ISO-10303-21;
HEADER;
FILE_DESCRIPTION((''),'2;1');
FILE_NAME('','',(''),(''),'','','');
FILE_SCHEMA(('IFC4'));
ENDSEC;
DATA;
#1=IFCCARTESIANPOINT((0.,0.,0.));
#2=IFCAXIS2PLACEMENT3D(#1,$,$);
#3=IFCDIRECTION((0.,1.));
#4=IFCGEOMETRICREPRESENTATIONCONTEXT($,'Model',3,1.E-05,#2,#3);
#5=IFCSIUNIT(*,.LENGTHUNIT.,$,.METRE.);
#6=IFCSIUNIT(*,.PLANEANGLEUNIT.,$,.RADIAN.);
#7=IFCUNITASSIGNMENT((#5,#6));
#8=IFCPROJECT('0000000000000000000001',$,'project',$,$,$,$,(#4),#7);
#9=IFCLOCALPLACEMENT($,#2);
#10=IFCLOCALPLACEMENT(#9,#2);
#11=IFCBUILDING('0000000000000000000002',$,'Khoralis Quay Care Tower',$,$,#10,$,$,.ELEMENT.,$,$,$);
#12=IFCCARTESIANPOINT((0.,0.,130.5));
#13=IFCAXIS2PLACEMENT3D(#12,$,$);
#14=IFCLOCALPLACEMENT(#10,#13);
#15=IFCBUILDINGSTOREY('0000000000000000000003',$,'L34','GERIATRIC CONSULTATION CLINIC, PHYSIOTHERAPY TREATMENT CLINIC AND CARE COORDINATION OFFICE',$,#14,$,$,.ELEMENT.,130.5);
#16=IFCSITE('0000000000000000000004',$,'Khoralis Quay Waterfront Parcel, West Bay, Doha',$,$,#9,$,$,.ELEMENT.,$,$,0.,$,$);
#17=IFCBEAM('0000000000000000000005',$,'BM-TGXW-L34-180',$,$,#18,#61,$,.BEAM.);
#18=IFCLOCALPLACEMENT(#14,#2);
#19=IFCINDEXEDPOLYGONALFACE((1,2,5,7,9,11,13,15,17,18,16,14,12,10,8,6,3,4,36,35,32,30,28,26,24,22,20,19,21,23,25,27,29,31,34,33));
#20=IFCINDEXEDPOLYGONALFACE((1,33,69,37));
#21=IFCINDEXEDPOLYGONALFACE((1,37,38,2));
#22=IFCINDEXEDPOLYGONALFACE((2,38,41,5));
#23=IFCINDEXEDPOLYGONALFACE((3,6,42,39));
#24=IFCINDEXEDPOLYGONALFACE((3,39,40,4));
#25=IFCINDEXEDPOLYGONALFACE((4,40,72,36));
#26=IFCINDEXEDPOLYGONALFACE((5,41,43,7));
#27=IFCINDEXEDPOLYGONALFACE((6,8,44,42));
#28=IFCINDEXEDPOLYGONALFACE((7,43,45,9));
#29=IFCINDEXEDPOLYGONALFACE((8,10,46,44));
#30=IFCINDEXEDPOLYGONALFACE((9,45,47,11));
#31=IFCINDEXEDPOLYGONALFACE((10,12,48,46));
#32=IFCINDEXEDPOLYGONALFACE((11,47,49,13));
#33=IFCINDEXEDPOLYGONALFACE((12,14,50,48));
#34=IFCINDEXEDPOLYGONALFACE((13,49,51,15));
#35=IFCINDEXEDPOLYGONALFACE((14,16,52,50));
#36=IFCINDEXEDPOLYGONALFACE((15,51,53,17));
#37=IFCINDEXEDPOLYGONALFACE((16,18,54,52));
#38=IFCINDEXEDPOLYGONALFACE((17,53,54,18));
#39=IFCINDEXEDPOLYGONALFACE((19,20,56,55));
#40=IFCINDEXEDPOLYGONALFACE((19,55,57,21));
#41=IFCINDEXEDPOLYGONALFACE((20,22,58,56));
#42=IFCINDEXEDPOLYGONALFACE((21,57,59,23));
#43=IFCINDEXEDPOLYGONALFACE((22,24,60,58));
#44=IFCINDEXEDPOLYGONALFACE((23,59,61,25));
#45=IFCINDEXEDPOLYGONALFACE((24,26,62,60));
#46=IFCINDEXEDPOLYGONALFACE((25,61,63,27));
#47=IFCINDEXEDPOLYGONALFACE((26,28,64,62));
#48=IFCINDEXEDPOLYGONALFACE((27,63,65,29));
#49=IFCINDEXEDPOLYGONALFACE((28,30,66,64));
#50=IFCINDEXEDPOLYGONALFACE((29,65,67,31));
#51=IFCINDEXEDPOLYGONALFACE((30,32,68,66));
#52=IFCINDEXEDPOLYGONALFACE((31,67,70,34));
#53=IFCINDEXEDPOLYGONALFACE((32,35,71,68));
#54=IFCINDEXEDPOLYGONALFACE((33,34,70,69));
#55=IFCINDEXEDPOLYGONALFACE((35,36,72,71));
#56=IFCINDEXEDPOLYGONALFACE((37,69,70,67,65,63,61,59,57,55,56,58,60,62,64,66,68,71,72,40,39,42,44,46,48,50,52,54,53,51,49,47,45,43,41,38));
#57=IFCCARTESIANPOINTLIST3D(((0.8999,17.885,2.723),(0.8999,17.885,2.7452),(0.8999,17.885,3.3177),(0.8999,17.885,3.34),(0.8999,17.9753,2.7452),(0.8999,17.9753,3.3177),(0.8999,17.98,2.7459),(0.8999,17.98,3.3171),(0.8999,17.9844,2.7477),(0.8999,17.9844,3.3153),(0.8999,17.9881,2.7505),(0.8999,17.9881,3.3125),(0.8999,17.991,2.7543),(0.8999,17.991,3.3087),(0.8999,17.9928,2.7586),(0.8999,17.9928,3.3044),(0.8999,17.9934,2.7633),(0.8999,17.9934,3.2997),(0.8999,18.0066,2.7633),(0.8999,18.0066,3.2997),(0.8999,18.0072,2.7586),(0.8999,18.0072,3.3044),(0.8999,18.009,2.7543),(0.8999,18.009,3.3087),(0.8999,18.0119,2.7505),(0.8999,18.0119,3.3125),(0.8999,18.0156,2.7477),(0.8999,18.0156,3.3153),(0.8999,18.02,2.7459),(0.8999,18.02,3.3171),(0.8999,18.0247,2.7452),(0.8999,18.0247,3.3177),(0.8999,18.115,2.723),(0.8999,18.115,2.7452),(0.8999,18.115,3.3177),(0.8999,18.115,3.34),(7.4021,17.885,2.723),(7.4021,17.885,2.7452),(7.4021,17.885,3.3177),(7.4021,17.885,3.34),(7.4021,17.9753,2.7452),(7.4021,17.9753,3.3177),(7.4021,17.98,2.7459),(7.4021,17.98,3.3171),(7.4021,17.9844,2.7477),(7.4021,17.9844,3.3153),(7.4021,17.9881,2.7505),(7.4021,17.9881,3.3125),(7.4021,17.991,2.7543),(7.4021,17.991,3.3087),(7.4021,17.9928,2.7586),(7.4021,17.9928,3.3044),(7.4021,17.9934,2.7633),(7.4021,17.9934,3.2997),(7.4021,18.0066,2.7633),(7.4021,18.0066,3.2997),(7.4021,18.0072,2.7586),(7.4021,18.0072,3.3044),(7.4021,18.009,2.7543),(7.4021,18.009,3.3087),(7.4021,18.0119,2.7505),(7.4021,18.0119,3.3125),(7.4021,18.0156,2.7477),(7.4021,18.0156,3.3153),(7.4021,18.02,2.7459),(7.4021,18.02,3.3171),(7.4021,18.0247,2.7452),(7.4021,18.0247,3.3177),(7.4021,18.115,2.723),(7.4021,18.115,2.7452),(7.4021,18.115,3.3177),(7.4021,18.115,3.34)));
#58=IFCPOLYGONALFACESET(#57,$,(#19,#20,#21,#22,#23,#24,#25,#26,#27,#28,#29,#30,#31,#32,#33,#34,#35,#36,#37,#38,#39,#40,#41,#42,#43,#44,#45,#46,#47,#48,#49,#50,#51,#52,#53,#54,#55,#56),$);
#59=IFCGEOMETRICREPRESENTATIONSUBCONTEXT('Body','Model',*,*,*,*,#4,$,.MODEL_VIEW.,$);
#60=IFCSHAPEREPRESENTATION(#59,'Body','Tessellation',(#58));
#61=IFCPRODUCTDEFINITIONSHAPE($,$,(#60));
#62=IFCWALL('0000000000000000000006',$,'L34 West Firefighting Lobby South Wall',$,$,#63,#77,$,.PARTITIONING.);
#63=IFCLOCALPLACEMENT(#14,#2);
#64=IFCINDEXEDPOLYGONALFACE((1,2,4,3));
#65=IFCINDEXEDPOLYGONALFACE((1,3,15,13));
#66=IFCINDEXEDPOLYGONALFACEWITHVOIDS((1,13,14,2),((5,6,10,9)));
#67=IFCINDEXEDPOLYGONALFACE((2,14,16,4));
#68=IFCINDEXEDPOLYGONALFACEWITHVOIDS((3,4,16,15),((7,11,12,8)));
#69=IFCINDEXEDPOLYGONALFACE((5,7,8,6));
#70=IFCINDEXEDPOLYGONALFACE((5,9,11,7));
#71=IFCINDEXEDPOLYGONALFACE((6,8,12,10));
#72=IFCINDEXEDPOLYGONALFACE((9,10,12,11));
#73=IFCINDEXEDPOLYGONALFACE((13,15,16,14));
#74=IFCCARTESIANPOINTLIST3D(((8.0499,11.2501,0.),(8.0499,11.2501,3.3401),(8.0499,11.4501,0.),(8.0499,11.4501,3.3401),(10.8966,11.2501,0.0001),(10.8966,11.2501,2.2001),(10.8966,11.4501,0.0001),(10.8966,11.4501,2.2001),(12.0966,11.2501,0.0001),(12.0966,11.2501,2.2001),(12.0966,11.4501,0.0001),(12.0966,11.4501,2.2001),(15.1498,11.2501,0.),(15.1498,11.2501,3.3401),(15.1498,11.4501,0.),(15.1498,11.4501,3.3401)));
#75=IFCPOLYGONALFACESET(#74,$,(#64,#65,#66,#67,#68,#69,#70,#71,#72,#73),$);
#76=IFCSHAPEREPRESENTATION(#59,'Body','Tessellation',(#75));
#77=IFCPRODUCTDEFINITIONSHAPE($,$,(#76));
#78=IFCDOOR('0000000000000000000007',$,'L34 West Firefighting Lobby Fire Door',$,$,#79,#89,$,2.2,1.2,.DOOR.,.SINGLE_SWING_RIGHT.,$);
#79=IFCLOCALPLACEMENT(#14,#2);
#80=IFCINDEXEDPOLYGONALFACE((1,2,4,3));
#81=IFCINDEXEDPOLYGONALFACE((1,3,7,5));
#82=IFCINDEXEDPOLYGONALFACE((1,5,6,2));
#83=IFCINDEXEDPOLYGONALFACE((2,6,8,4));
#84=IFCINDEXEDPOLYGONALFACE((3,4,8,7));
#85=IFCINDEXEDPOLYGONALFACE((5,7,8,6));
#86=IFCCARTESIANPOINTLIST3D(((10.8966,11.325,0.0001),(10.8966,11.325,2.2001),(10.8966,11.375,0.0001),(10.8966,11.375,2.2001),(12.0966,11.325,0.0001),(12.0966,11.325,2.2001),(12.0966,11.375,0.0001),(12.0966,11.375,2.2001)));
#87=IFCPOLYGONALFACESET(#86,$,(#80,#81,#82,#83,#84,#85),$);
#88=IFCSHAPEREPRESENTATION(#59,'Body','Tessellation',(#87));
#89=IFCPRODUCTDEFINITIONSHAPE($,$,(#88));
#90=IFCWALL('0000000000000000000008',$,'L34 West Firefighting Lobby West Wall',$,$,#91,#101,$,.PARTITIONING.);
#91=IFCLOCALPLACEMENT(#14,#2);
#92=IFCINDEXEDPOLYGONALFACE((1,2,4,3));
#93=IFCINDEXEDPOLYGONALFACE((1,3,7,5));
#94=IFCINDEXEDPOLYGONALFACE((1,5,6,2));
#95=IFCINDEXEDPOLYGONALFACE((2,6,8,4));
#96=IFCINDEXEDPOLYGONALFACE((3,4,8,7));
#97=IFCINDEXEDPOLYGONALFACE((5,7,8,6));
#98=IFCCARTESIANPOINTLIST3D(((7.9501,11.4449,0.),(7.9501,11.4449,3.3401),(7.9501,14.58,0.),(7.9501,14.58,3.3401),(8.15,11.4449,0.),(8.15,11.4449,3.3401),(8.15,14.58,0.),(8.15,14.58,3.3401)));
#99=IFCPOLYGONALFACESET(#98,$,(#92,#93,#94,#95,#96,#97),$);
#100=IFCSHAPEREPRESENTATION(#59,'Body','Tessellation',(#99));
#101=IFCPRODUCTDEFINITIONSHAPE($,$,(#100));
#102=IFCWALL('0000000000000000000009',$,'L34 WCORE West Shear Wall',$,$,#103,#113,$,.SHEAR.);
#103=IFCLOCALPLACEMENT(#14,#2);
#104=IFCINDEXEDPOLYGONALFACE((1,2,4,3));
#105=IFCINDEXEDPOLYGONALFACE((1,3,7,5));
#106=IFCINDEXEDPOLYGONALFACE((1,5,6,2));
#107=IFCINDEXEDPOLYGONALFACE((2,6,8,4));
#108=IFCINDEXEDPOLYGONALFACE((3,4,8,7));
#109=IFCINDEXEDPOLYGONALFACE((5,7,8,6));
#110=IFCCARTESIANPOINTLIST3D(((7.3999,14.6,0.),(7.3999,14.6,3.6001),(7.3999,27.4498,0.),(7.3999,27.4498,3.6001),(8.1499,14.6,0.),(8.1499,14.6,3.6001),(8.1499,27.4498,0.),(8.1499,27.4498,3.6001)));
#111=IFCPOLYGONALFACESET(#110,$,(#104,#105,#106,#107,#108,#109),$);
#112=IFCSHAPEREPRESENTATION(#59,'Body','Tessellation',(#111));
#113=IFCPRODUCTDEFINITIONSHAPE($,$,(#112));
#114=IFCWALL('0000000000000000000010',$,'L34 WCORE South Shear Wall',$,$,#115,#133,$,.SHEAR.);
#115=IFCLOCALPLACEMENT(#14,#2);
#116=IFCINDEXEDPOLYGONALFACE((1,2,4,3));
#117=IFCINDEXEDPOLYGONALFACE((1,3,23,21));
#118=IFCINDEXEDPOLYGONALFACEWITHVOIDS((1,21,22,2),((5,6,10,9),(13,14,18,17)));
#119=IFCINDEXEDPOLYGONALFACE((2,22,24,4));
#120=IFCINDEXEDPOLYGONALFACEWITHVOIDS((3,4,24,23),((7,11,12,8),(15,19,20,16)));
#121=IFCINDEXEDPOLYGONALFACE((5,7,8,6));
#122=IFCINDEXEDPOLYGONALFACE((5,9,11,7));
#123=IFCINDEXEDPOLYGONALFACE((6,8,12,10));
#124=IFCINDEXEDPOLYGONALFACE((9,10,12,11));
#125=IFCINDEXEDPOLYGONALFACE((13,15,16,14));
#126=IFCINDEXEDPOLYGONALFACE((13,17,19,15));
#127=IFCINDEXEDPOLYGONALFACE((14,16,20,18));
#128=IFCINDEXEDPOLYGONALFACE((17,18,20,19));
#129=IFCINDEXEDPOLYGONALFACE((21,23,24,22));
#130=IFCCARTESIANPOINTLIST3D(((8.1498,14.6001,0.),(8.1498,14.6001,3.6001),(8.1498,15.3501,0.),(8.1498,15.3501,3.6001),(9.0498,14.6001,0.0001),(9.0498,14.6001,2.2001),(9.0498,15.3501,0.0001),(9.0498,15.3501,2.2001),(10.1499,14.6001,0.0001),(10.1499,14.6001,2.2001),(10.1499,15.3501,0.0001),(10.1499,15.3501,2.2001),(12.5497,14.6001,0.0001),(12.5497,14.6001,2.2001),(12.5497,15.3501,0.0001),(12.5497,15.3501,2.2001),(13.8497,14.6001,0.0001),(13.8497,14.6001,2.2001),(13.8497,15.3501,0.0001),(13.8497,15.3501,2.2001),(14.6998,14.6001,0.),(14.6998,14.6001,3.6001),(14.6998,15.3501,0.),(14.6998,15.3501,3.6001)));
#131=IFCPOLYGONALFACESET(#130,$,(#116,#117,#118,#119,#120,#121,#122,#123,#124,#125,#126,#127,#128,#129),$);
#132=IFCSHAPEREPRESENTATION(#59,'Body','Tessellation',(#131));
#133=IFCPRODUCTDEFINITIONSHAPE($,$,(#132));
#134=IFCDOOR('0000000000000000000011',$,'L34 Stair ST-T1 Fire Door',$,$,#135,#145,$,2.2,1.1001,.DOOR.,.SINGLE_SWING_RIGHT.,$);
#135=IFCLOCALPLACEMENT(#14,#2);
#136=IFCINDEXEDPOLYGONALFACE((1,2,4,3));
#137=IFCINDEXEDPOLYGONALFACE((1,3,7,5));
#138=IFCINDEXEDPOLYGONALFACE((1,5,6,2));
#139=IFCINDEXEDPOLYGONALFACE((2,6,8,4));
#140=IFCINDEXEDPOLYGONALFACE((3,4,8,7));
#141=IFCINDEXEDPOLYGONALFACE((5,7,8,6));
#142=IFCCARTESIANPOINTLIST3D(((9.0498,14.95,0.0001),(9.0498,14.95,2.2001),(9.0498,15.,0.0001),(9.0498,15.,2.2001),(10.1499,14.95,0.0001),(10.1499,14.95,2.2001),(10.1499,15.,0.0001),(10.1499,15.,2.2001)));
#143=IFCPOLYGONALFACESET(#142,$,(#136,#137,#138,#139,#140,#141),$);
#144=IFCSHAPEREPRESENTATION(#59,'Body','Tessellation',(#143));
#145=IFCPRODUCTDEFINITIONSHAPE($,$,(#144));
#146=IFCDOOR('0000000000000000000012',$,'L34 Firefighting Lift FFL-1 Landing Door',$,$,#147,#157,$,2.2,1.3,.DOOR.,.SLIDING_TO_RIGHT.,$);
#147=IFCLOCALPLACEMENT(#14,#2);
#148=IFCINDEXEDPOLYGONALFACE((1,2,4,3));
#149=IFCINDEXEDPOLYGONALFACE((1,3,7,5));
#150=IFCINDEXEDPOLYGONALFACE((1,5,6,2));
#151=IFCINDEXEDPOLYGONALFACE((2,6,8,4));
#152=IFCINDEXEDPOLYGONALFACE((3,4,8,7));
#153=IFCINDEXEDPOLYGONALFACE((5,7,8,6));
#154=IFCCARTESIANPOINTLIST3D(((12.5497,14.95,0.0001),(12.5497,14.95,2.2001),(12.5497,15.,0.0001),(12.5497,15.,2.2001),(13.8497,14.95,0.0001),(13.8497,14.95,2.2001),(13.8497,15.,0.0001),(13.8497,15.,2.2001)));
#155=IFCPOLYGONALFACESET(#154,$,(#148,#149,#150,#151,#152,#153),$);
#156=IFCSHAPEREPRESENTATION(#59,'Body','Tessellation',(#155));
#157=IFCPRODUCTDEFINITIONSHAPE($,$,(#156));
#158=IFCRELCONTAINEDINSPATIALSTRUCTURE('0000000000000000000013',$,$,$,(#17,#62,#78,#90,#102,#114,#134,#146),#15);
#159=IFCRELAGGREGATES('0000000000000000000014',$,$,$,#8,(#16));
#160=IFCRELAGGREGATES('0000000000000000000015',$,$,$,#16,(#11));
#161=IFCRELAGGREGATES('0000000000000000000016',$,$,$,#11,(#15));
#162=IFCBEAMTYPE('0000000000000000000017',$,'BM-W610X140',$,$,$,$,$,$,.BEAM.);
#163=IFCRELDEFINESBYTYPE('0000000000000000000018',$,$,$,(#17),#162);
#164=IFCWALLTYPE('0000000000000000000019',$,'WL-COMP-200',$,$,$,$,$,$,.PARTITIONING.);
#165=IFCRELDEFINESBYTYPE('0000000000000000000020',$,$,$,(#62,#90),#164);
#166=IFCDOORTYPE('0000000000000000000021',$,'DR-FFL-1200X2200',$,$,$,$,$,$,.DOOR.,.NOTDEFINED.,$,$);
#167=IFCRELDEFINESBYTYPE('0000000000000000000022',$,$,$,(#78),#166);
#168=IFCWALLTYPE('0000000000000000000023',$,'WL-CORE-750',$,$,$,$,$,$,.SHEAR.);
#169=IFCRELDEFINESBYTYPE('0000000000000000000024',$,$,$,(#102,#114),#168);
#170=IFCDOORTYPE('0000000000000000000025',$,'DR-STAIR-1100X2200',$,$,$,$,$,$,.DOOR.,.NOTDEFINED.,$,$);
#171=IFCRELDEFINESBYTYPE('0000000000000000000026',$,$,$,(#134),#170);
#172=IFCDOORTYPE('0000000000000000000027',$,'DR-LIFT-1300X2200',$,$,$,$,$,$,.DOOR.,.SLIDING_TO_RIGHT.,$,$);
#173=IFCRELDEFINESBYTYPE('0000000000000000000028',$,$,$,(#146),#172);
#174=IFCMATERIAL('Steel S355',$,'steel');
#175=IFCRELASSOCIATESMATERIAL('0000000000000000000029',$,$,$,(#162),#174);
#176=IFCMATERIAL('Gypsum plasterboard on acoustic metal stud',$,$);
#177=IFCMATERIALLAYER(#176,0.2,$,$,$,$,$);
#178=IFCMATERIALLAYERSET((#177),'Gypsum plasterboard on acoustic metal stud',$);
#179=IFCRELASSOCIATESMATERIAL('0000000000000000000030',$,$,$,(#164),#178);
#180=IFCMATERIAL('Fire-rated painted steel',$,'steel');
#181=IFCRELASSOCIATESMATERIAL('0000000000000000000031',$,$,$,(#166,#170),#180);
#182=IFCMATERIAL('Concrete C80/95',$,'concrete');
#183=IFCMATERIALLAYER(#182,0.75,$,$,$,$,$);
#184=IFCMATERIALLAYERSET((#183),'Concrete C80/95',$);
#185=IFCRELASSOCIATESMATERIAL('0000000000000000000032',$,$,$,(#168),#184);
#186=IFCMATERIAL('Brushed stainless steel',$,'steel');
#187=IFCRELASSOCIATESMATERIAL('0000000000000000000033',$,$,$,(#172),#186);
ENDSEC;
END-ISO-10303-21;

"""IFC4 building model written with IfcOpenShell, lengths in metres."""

from ifc_helpers import new_model, si_unit, direction, frame, frame_2d, origin, origin_2d, place, context, subcontext, project, spatial, rectangle, i_section, extrude, source, transform, mapped, material, layer, layer_set, material_profile, profile_set, type_object, element, fill, save


model = new_model("IFC4")

# Units and contexts
model_context = context("Model", 3, precision=1e-05, world=origin(), true_north=direction((0.0, 1.0)))
body_context = subcontext(model_context, "Body", "Model", "MODEL_VIEW")
ifc_project = project(units=[si_unit("LENGTHUNIT", "METRE"), si_unit("PLANEANGLEUNIT", "RADIAN")], contexts=[model_context])

# Site, building, storey
site_placement = place(None, origin())
site = spatial("IfcSite", under=ifc_project, at=site_placement, Name="Khoralis Quay Waterfront Parcel, West Bay, Doha", CompositionType="ELEMENT", RefElevation=0.0)
building_placement = place(site_placement, origin())
building = spatial("IfcBuilding", under=site, at=building_placement, Name="Khoralis Quay Care Tower", CompositionType="ELEMENT")
storey_placement = place(building_placement, frame((0.0, 0.0, 130.5)))
storey = spatial("IfcBuildingStorey", under=building, at=storey_placement, Name="L34", Description="GERIATRIC CONSULTATION CLINIC, PHYSIOTHERAPY TREATMENT CLINIC AND CARE COORDINATION OFFICE", CompositionType="ELEMENT", Elevation=130.5)

# Beam
ifc_material_1 = material(Name="Steel S355", Category="steel")
ifc_material_profile = material_profile(ifc_material_1, i_section(OverallWidth=0.23, OverallDepth=0.6169, WebThickness=0.0132, FlangeThickness=0.0222, FilletRadius=0.0181, at=origin_2d()), Name="Steel S355")
ifc_profile_set = profile_set([ifc_material_profile], Name="Steel S355")
beam_type = type_object("IfcBeamType", Name="BM-W610X140", PredefinedType="BEAM", material=ifc_profile_set)
shared_shape_1 = source(origin(), body_context, "Body", "SweptSolid", [
    extrude(i_section(OverallWidth=0.23, OverallDepth=0.6169, WebThickness=0.0132, FlangeThickness=0.0222, FilletRadius=0.0181, at=origin_2d()), origin(), (0.0, 0.0, 1.0), 6.5022),
])
beam_placement = place(storey_placement, frame((0.8999, 18.0, 3.0315), z_axis=(1.0, 0.0, 0.0), x_axis=(0.0, 1.0, 0.0)))
element("IfcBeam", 1, at=beam_placement, inside=storey, type_object=beam_type, Name="BM-TGXW-L34-180", PredefinedType="BEAM", context=body_context, shape_type="MappedRepresentation", body=[
    mapped(shared_shape_1, transform((0.0, 0.0, 0.0), scale=1.0)),
])

# Wall, opening, door
ifc_material_2 = material(Name="Gypsum plasterboard on acoustic metal stud")
ifc_layer_1 = layer(ifc_material_2, 0.2)
ifc_layer_set_1 = layer_set([ifc_layer_1], Name="Gypsum plasterboard on acoustic metal stud")
wall_type_1 = type_object("IfcWallType", Name="WL-COMP-200", PredefinedType="PARTITIONING", material=ifc_layer_set_1)
wall_1_placement = place(storey_placement, frame((8.05, 11.3501, 0.0), z_axis=(0.0, 0.0, 1.0), x_axis=(1.0, 0.0, 0.0)))
wall_1 = element("IfcWall", 2, at=wall_1_placement, inside=storey, type_object=wall_type_1, Name="L34 West Firefighting Lobby South Wall", PredefinedType="PARTITIONING", context=body_context, shape_type="SweptSolid", body=[
    extrude(rectangle(XDim=7.0999, YDim=0.2, at=frame_2d((3.5498, 0.0))), origin(), (0.0, 0.0, 1.0), 3.3401),
])
opening_1_placement = place(wall_1_placement, frame((2.8464, 0.0, 0.0)))
opening_1 = element("IfcOpeningElement", 3, at=opening_1_placement, cuts=wall_1, PredefinedType="OPENING", context=body_context, shape_type="SweptSolid", body=[
    extrude(rectangle(XDim=1.2, YDim=2.2, at=frame_2d((0.6001, 1.1001))), frame((0.0, 0.1099, 0.0), z_axis=(0.0, -1.0, 0.0), x_axis=(1.0, 0.0, 0.0)), (0.0, 0.0, 1.0), 0.22),
])
ifc_material_3 = material(Name="Fire-rated painted steel", Category="steel")
door_type_1 = type_object("IfcDoorType", Name="DR-FFL-1200X2200", OperationType="NOTDEFINED", PredefinedType="DOOR", material=ifc_material_3)
shared_shape_2 = source(origin(), body_context, "Body", "SweptSolid", [
    extrude(rectangle(XDim=1.2, YDim=2.2, at=frame_2d((0.6001, 1.1001))), frame((0.0, 0.0249, 0.0), z_axis=(0.0, -1.0, 0.0), x_axis=(1.0, 0.0, 0.0)), (0.0, 0.0, 1.0), 0.05),
])
door_1_placement = place(opening_1_placement, origin())
door_1 = element("IfcDoor", 4, at=door_1_placement, inside=storey, type_object=door_type_1, Name="L34 West Firefighting Lobby Fire Door", OperationType="SINGLE_SWING_RIGHT", OverallHeight=2.2, OverallWidth=1.2, PredefinedType="DOOR", context=body_context, shape_type="MappedRepresentation", body=[
    mapped(shared_shape_2, transform((0.0, 0.0, 0.0), scale=1.0)),
])
fill(opening_1, door_1)

# Walls
wall_2_placement = place(storey_placement, frame((8.05, 11.4451, 0.0), z_axis=(0.0, 0.0, 1.0), x_axis=(0.0, 1.0, 0.0)))
element("IfcWall", 5, at=wall_2_placement, inside=storey, type_object=wall_type_1, Name="L34 West Firefighting Lobby West Wall", PredefinedType="PARTITIONING", context=body_context, shape_type="SweptSolid", body=[
    extrude(rectangle(XDim=3.135, YDim=0.2, at=frame_2d((1.5674, 0.0))), origin(), (0.0, 0.0, 1.0), 3.3401),
])
ifc_material_4 = material(Name="Concrete C80/95", Category="concrete")
ifc_layer_2 = layer(ifc_material_4, 0.75)
ifc_layer_set_2 = layer_set([ifc_layer_2], Name="Concrete C80/95")
wall_type_2 = type_object("IfcWallType", Name="WL-CORE-750", PredefinedType="SHEAR", material=ifc_layer_set_2)
wall_3_placement = place(storey_placement, frame((7.7749, 14.6001, 0.0), z_axis=(0.0, 0.0, 1.0), x_axis=(0.0, 1.0, 0.0)))
element("IfcWall", 6, at=wall_3_placement, inside=storey, type_object=wall_type_2, Name="L34 WCORE West Shear Wall", PredefinedType="SHEAR", context=body_context, shape_type="SweptSolid", body=[
    extrude(rectangle(XDim=12.8499, YDim=0.75, at=frame_2d((6.4248, 0.0))), origin(), (0.0, 0.0, 1.0), 3.6001),
])

# Wall, openings, doors
wall_4_placement = place(storey_placement, frame((8.1499, 14.9751, 0.0), z_axis=(0.0, 0.0, 1.0), x_axis=(1.0, 0.0, 0.0)))
wall_4 = element("IfcWall", 7, at=wall_4_placement, inside=storey, type_object=wall_type_2, Name="L34 WCORE South Shear Wall", PredefinedType="SHEAR", context=body_context, shape_type="SweptSolid", body=[
    extrude(rectangle(XDim=6.55, YDim=0.75, at=frame_2d((3.2749, 0.0))), origin(), (0.0, 0.0, 1.0), 3.6001),
])
opening_2_placement = place(wall_4_placement, frame((0.8999, 0.0, 0.0)))
opening_2 = element("IfcOpeningElement", 8, at=opening_2_placement, cuts=wall_4, PredefinedType="OPENING", context=body_context, shape_type="SweptSolid", body=[
    extrude(rectangle(XDim=1.1001, YDim=2.2, at=frame_2d((0.55, 1.1001))), frame((0.0, 0.385, 0.0), z_axis=(0.0, -1.0, 0.0), x_axis=(1.0, 0.0, 0.0)), (0.0, 0.0, 1.0), 0.77),
])
opening_3_placement = place(wall_4_placement, frame((4.3999, 0.0, 0.0)))
opening_3 = element("IfcOpeningElement", 9, at=opening_3_placement, cuts=wall_4, PredefinedType="OPENING", context=body_context, shape_type="SweptSolid", body=[
    extrude(rectangle(XDim=1.3, YDim=2.2, at=frame_2d((0.6499, 1.1001))), frame((0.0, 0.385, 0.0), z_axis=(0.0, -1.0, 0.0), x_axis=(1.0, 0.0, 0.0)), (0.0, 0.0, 1.0), 0.77),
])
door_type_2 = type_object("IfcDoorType", Name="DR-STAIR-1100X2200", OperationType="NOTDEFINED", PredefinedType="DOOR", material=ifc_material_3)
shared_shape_3 = source(origin(), body_context, "Body", "SweptSolid", [
    extrude(rectangle(XDim=1.1001, YDim=2.2, at=frame_2d((0.55, 1.1001))), frame((0.0, 0.0249, 0.0), z_axis=(0.0, -1.0, 0.0), x_axis=(1.0, 0.0, 0.0)), (0.0, 0.0, 1.0), 0.05),
])
door_2_placement = place(opening_2_placement, origin())
door_2 = element("IfcDoor", 10, at=door_2_placement, inside=storey, type_object=door_type_2, Name="L34 Stair ST-T1 Fire Door", OperationType="SINGLE_SWING_RIGHT", OverallHeight=2.2, OverallWidth=1.1001, PredefinedType="DOOR", context=body_context, shape_type="MappedRepresentation", body=[
    mapped(shared_shape_3, transform((0.0, 0.0, 0.0), scale=1.0)),
])
fill(opening_2, door_2)
ifc_material_5 = material(Name="Brushed stainless steel", Category="steel")
door_type_3 = type_object("IfcDoorType", Name="DR-LIFT-1300X2200", OperationType="SLIDING_TO_RIGHT", PredefinedType="DOOR", material=ifc_material_5)
shared_shape_4 = source(origin(), body_context, "Body", "SweptSolid", [
    extrude(rectangle(XDim=1.3, YDim=2.2, at=frame_2d((0.6499, 1.1001))), frame((0.0, 0.0249, 0.0), z_axis=(0.0, -1.0, 0.0), x_axis=(1.0, 0.0, 0.0)), (0.0, 0.0, 1.0), 0.05),
])
door_3_placement = place(opening_3_placement, origin())
door_3 = element("IfcDoor", 11, at=door_3_placement, inside=storey, type_object=door_type_3, Name="L34 Firefighting Lift FFL-1 Landing Door", OperationType="SLIDING_TO_RIGHT", OverallHeight=2.2, OverallWidth=1.3, PredefinedType="DOOR", context=body_context, shape_type="MappedRepresentation", body=[
    mapped(shared_shape_4, transform((0.0, 0.0, 0.0), scale=1.0)),
])
fill(opening_3, door_3)

save(model, "model.ifc")
